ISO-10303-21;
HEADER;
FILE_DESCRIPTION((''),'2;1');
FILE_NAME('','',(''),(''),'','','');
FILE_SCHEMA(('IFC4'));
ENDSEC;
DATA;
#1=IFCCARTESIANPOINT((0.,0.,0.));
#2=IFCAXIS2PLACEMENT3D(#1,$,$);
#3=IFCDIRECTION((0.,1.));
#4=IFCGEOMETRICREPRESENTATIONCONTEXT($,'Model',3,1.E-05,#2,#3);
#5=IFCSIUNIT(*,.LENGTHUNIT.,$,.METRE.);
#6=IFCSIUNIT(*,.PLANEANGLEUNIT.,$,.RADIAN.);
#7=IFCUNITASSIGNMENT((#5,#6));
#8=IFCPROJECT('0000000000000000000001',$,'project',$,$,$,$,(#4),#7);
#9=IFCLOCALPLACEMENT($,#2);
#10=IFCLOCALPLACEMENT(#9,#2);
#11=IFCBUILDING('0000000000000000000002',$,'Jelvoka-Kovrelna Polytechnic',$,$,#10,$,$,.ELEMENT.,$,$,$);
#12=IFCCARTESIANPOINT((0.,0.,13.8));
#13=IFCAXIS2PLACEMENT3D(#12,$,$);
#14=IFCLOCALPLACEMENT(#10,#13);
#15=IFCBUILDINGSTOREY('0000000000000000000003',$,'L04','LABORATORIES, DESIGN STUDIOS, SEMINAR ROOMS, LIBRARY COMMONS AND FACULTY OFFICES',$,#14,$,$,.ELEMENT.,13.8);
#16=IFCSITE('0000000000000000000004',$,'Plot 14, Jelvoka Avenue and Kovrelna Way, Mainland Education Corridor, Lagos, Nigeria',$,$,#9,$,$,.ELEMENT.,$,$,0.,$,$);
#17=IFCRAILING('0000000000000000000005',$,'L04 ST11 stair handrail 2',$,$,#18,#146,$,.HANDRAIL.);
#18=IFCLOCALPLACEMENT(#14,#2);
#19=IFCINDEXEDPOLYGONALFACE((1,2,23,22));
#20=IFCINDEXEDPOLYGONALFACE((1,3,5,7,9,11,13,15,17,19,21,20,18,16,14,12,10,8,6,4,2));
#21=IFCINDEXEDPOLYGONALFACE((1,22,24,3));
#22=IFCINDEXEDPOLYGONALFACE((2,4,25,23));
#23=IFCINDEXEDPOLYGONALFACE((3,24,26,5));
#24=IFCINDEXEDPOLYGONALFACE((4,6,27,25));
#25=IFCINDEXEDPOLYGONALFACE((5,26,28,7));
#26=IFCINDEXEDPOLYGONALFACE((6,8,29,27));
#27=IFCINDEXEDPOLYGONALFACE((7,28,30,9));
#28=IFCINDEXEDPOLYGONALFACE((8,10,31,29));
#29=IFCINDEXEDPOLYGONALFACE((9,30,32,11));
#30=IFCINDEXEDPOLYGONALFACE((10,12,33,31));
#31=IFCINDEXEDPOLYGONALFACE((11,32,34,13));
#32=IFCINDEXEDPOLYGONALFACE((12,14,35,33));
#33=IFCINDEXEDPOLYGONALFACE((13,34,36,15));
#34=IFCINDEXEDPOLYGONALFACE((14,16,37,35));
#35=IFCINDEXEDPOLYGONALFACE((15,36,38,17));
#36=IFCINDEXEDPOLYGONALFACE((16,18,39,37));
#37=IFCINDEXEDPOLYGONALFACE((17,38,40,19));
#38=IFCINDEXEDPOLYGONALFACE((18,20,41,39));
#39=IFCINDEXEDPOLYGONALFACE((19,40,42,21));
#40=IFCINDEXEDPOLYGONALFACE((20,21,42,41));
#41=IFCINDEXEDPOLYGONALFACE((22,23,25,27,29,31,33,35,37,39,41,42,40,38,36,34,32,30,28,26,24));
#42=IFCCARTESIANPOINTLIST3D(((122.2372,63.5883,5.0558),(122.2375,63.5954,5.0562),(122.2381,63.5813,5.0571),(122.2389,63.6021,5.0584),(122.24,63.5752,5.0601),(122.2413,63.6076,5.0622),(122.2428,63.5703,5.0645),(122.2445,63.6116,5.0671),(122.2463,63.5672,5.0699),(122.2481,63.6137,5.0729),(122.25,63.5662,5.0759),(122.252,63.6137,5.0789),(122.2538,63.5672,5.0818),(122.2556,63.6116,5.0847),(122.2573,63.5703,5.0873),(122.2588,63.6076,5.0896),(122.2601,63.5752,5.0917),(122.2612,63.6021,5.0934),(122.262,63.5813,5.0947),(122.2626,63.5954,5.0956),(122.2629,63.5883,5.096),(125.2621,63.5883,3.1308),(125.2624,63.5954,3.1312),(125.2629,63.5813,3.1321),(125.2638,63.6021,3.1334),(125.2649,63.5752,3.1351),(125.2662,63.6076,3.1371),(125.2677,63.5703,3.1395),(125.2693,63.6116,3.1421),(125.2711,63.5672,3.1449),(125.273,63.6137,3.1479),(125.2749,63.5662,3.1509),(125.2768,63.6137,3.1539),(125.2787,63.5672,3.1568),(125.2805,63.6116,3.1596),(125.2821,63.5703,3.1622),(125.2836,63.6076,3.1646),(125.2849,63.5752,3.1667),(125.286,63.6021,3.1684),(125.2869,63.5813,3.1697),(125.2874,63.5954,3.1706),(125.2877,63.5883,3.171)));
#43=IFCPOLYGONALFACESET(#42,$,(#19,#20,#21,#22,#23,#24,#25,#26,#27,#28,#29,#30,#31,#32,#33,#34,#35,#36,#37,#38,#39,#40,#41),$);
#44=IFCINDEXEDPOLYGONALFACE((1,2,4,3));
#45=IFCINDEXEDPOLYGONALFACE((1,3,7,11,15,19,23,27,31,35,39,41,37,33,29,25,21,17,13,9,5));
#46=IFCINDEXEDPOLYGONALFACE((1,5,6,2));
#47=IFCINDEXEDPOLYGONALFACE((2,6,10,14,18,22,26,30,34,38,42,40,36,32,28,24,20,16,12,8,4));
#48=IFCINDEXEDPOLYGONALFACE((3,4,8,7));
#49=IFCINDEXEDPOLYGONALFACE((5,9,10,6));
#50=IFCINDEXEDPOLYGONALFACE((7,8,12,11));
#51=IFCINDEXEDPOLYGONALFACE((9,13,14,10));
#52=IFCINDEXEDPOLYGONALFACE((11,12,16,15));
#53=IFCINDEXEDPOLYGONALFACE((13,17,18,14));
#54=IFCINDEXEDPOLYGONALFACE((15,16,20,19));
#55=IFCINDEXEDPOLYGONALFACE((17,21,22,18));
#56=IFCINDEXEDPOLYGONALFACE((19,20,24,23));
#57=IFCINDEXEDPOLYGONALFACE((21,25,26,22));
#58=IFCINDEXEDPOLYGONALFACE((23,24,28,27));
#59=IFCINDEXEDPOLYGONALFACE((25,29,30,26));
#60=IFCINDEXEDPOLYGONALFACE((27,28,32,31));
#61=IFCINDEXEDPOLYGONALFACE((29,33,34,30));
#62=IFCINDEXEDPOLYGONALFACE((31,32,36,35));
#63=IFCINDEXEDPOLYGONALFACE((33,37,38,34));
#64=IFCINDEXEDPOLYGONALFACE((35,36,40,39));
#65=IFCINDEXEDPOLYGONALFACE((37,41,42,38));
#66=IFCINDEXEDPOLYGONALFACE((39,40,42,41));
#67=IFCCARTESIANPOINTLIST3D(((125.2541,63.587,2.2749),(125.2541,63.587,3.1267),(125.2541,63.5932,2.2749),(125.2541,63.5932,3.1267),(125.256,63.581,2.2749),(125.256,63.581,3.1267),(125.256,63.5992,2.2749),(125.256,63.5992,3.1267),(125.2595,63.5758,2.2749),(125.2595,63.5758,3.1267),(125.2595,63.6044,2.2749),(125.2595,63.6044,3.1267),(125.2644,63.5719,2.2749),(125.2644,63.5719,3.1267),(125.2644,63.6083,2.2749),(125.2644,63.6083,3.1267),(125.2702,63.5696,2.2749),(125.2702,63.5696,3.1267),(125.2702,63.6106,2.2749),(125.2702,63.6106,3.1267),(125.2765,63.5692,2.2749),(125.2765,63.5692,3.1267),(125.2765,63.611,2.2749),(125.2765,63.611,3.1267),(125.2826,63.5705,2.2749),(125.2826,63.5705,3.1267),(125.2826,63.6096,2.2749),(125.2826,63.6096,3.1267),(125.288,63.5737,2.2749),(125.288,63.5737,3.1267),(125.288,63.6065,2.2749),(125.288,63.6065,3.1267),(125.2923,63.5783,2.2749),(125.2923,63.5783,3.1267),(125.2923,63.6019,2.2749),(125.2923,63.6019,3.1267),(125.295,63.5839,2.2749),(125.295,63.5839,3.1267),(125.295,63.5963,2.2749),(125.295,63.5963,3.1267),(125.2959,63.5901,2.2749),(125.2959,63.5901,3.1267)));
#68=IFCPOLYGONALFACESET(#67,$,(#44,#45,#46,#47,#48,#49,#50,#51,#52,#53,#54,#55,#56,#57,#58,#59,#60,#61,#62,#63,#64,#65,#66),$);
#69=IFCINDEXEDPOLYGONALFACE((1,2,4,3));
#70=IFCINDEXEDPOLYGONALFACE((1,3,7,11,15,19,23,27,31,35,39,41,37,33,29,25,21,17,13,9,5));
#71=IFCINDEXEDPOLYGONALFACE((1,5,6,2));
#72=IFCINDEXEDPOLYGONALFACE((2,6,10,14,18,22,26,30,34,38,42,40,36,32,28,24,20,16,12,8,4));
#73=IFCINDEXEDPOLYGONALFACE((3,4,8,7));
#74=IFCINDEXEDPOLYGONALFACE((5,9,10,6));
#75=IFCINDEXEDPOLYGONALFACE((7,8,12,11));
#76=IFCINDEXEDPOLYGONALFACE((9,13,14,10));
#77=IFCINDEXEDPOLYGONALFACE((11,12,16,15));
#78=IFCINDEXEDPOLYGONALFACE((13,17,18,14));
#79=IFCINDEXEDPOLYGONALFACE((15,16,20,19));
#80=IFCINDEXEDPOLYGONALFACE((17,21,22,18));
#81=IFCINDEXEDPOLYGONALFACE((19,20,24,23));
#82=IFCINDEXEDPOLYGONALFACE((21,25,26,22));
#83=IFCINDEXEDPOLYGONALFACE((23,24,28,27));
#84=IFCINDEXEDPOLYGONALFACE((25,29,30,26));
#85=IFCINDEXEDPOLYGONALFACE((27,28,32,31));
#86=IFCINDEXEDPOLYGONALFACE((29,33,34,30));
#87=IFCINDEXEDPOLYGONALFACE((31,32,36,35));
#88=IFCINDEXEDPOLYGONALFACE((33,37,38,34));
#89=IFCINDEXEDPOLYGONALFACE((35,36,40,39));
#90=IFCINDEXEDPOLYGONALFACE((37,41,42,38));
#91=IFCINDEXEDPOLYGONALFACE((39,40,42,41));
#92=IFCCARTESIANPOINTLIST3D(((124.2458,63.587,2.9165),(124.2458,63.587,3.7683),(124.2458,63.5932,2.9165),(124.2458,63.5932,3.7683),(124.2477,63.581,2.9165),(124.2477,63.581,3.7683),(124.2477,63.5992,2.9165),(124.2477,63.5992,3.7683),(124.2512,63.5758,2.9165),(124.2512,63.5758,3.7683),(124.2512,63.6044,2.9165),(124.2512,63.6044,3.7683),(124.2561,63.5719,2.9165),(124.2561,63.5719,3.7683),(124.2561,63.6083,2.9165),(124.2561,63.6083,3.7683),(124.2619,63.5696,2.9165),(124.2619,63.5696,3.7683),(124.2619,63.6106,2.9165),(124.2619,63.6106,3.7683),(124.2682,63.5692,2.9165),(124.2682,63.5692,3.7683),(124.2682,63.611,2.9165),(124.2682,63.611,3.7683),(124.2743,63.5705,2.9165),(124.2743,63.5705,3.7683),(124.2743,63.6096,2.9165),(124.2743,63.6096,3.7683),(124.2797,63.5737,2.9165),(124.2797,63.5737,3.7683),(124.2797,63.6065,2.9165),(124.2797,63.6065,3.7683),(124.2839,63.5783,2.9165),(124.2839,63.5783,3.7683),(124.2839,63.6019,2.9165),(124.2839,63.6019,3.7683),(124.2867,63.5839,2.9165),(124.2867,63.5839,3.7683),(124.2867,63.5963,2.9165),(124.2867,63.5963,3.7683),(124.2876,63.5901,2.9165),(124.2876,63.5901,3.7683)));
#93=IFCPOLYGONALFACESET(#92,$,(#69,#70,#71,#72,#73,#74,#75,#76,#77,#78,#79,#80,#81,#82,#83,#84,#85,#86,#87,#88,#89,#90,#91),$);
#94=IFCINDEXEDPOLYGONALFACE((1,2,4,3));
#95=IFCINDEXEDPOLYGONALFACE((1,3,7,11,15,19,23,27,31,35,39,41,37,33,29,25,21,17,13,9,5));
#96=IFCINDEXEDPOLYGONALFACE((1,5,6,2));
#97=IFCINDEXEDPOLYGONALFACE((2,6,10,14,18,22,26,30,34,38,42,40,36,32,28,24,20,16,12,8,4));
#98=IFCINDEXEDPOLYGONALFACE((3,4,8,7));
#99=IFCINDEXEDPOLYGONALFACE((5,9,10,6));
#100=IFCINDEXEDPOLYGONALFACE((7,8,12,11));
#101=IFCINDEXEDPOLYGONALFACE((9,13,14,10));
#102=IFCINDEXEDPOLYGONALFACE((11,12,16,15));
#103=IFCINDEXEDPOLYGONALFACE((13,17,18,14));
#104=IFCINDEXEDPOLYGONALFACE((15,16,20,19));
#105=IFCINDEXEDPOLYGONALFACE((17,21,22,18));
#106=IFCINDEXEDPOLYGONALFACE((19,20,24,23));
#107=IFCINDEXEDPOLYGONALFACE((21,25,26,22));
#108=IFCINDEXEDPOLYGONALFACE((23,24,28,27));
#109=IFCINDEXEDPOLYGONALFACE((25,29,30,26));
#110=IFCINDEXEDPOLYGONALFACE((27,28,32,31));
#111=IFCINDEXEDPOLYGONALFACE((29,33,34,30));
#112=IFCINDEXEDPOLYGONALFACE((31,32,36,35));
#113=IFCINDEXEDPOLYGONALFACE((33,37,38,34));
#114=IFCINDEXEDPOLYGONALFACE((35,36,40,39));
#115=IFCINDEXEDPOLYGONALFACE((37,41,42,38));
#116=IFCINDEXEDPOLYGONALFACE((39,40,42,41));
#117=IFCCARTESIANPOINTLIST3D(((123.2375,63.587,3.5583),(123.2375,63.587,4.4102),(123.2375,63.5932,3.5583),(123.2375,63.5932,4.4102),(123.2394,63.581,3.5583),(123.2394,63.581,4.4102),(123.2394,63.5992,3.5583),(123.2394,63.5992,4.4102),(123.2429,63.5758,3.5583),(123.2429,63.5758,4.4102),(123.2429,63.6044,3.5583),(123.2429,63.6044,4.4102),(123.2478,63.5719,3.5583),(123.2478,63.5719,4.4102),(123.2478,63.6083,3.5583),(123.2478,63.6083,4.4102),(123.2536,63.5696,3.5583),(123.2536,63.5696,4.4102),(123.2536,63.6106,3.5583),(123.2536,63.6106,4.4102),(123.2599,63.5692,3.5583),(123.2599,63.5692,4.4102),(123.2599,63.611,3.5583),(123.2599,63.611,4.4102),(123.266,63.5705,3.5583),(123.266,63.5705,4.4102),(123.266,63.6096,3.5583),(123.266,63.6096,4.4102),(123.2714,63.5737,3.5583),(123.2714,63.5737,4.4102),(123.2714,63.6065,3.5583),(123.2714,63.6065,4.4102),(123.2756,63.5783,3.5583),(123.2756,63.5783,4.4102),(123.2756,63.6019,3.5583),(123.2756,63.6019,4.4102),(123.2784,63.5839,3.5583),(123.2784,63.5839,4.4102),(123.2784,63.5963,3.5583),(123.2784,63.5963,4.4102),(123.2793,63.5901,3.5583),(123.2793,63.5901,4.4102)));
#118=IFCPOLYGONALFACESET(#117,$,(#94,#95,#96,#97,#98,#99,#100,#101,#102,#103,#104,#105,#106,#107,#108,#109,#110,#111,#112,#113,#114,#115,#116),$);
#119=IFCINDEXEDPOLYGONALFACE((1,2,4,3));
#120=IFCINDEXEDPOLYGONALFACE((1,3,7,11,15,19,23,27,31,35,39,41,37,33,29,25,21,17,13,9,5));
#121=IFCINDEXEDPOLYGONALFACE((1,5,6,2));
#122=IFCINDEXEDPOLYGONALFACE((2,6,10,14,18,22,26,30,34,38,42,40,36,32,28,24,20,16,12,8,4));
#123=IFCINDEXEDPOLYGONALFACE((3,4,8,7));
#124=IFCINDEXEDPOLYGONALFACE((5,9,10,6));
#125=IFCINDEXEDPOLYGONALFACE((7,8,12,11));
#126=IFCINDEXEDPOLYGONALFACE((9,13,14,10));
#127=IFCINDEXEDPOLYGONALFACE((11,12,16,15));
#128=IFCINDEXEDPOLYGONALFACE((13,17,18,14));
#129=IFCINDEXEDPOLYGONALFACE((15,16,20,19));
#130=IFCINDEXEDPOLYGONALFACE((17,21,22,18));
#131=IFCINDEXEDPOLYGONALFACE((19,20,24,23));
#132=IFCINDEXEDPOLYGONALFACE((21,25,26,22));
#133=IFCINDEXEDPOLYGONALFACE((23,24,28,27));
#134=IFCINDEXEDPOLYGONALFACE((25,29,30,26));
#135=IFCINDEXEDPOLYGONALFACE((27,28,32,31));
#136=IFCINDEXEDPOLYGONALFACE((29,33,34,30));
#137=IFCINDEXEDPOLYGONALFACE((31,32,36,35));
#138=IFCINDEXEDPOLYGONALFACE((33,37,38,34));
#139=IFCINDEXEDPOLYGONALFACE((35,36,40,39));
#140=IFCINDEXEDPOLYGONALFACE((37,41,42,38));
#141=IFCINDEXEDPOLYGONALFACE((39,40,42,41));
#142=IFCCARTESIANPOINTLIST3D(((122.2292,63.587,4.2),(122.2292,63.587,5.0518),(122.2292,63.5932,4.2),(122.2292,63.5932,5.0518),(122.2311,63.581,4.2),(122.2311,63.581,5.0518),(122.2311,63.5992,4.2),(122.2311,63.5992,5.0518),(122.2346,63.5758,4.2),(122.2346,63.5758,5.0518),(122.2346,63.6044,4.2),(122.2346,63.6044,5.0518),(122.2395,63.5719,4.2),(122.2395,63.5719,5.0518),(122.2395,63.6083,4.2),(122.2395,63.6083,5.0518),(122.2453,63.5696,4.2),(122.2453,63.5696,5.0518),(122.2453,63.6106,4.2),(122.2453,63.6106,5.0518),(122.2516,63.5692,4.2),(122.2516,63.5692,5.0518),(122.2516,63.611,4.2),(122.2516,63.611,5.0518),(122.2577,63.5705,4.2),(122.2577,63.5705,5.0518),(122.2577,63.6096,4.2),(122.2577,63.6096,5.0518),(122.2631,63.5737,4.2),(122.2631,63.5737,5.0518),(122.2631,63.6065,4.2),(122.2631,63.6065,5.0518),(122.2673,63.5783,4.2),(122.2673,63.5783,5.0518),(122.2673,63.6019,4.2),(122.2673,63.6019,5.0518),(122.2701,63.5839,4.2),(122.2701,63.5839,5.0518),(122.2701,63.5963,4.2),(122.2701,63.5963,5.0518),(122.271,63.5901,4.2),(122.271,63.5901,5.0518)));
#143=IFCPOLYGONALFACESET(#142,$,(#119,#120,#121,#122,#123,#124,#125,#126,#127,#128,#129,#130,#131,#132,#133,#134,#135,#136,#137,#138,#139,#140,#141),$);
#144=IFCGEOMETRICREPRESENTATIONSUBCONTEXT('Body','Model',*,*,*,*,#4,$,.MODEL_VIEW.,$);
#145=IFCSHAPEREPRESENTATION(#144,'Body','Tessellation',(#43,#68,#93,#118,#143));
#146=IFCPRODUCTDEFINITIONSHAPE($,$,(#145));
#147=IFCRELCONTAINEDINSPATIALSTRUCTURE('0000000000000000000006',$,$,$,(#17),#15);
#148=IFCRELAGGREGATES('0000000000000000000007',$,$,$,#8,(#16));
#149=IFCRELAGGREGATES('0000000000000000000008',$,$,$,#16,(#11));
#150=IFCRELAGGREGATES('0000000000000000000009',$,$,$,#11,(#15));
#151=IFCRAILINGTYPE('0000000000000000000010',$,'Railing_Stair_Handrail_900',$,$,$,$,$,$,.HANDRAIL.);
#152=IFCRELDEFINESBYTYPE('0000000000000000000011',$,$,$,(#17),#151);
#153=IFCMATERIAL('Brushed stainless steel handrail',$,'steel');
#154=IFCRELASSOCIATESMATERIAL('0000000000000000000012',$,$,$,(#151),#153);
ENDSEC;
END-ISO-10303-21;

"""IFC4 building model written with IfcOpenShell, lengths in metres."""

from ifc_helpers import new_model, si_unit, direction, frame, origin, origin_2d, place, context, subcontext, project, spatial, circle, extrude, material, type_object, element, save


model = new_model("IFC4")

# Units and contexts
model_context = context("Model", 3, precision=1e-05, world=origin(), true_north=direction((0.0, 1.0)))
body_context = subcontext(model_context, "Body", "Model", "MODEL_VIEW")
ifc_project = project(units=[si_unit("LENGTHUNIT", "METRE"), si_unit("PLANEANGLEUNIT", "RADIAN")], contexts=[model_context])

# Site, building, storey
site_placement = place(None, origin())
site = spatial("IfcSite", under=ifc_project, at=site_placement, Name="Plot 14, Jelvoka Avenue and Kovrelna Way, Mainland Education Corridor, Lagos, Nigeria", CompositionType="ELEMENT", RefElevation=0.0)
building_placement = place(site_placement, origin())
building = spatial("IfcBuilding", under=site, at=building_placement, Name="Jelvoka-Kovrelna Polytechnic", CompositionType="ELEMENT")
storey_placement = place(building_placement, frame((0.0, 0.0, 13.8)))
storey = spatial("IfcBuildingStorey", under=building, at=storey_placement, Name="L04", Description="LABORATORIES, DESIGN STUDIOS, SEMINAR ROOMS, LIBRARY COMMONS AND FACULTY OFFICES", CompositionType="ELEMENT", Elevation=13.8)

# Railing
ifc_material_1 = material(Name="Brushed stainless steel handrail", Category="steel")
railing_type_1 = type_object("IfcRailingType", Name="Railing_Stair_Handrail_900", PredefinedType="HANDRAIL", material=ifc_material_1)
railing_1_placement = place(storey_placement, frame((125.2749, 63.5901, 2.2749)))
element("IfcRailing", 1, at=railing_1_placement, inside=storey, type_object=railing_type_1, Name="L04 ST11 stair handrail 2", PredefinedType="HANDRAIL", context=body_context, shape_type="SweptSolid", body=[
    extrude(circle(Radius=0.0239, at=origin_2d()), frame((0.0, 0.0, 0.876), z_axis=(-0.843647, 0.0, 0.536898), x_axis=(0.0, -1.0, 0.0)), (0.0, 0.0, 1.0), 3.5854),
    extrude(circle(Radius=0.021, at=origin_2d()), origin(), (0.0, 0.0, 1.0), 0.8518),
    extrude(circle(Radius=0.021, at=origin_2d()), frame((-1.0083, 0.0, 0.6416)), (0.0, 0.0, 1.0), 0.8518),
    extrude(circle(Radius=0.021, at=origin_2d()), frame((-2.0166, 0.0, 1.2834)), (0.0, 0.0, 1.0), 0.8518),
    extrude(circle(Radius=0.021, at=origin_2d()), frame((-3.0249, 0.0, 1.925)), (0.0, 0.0, 1.0), 0.8518),
])

save(model, "model.ifc")
